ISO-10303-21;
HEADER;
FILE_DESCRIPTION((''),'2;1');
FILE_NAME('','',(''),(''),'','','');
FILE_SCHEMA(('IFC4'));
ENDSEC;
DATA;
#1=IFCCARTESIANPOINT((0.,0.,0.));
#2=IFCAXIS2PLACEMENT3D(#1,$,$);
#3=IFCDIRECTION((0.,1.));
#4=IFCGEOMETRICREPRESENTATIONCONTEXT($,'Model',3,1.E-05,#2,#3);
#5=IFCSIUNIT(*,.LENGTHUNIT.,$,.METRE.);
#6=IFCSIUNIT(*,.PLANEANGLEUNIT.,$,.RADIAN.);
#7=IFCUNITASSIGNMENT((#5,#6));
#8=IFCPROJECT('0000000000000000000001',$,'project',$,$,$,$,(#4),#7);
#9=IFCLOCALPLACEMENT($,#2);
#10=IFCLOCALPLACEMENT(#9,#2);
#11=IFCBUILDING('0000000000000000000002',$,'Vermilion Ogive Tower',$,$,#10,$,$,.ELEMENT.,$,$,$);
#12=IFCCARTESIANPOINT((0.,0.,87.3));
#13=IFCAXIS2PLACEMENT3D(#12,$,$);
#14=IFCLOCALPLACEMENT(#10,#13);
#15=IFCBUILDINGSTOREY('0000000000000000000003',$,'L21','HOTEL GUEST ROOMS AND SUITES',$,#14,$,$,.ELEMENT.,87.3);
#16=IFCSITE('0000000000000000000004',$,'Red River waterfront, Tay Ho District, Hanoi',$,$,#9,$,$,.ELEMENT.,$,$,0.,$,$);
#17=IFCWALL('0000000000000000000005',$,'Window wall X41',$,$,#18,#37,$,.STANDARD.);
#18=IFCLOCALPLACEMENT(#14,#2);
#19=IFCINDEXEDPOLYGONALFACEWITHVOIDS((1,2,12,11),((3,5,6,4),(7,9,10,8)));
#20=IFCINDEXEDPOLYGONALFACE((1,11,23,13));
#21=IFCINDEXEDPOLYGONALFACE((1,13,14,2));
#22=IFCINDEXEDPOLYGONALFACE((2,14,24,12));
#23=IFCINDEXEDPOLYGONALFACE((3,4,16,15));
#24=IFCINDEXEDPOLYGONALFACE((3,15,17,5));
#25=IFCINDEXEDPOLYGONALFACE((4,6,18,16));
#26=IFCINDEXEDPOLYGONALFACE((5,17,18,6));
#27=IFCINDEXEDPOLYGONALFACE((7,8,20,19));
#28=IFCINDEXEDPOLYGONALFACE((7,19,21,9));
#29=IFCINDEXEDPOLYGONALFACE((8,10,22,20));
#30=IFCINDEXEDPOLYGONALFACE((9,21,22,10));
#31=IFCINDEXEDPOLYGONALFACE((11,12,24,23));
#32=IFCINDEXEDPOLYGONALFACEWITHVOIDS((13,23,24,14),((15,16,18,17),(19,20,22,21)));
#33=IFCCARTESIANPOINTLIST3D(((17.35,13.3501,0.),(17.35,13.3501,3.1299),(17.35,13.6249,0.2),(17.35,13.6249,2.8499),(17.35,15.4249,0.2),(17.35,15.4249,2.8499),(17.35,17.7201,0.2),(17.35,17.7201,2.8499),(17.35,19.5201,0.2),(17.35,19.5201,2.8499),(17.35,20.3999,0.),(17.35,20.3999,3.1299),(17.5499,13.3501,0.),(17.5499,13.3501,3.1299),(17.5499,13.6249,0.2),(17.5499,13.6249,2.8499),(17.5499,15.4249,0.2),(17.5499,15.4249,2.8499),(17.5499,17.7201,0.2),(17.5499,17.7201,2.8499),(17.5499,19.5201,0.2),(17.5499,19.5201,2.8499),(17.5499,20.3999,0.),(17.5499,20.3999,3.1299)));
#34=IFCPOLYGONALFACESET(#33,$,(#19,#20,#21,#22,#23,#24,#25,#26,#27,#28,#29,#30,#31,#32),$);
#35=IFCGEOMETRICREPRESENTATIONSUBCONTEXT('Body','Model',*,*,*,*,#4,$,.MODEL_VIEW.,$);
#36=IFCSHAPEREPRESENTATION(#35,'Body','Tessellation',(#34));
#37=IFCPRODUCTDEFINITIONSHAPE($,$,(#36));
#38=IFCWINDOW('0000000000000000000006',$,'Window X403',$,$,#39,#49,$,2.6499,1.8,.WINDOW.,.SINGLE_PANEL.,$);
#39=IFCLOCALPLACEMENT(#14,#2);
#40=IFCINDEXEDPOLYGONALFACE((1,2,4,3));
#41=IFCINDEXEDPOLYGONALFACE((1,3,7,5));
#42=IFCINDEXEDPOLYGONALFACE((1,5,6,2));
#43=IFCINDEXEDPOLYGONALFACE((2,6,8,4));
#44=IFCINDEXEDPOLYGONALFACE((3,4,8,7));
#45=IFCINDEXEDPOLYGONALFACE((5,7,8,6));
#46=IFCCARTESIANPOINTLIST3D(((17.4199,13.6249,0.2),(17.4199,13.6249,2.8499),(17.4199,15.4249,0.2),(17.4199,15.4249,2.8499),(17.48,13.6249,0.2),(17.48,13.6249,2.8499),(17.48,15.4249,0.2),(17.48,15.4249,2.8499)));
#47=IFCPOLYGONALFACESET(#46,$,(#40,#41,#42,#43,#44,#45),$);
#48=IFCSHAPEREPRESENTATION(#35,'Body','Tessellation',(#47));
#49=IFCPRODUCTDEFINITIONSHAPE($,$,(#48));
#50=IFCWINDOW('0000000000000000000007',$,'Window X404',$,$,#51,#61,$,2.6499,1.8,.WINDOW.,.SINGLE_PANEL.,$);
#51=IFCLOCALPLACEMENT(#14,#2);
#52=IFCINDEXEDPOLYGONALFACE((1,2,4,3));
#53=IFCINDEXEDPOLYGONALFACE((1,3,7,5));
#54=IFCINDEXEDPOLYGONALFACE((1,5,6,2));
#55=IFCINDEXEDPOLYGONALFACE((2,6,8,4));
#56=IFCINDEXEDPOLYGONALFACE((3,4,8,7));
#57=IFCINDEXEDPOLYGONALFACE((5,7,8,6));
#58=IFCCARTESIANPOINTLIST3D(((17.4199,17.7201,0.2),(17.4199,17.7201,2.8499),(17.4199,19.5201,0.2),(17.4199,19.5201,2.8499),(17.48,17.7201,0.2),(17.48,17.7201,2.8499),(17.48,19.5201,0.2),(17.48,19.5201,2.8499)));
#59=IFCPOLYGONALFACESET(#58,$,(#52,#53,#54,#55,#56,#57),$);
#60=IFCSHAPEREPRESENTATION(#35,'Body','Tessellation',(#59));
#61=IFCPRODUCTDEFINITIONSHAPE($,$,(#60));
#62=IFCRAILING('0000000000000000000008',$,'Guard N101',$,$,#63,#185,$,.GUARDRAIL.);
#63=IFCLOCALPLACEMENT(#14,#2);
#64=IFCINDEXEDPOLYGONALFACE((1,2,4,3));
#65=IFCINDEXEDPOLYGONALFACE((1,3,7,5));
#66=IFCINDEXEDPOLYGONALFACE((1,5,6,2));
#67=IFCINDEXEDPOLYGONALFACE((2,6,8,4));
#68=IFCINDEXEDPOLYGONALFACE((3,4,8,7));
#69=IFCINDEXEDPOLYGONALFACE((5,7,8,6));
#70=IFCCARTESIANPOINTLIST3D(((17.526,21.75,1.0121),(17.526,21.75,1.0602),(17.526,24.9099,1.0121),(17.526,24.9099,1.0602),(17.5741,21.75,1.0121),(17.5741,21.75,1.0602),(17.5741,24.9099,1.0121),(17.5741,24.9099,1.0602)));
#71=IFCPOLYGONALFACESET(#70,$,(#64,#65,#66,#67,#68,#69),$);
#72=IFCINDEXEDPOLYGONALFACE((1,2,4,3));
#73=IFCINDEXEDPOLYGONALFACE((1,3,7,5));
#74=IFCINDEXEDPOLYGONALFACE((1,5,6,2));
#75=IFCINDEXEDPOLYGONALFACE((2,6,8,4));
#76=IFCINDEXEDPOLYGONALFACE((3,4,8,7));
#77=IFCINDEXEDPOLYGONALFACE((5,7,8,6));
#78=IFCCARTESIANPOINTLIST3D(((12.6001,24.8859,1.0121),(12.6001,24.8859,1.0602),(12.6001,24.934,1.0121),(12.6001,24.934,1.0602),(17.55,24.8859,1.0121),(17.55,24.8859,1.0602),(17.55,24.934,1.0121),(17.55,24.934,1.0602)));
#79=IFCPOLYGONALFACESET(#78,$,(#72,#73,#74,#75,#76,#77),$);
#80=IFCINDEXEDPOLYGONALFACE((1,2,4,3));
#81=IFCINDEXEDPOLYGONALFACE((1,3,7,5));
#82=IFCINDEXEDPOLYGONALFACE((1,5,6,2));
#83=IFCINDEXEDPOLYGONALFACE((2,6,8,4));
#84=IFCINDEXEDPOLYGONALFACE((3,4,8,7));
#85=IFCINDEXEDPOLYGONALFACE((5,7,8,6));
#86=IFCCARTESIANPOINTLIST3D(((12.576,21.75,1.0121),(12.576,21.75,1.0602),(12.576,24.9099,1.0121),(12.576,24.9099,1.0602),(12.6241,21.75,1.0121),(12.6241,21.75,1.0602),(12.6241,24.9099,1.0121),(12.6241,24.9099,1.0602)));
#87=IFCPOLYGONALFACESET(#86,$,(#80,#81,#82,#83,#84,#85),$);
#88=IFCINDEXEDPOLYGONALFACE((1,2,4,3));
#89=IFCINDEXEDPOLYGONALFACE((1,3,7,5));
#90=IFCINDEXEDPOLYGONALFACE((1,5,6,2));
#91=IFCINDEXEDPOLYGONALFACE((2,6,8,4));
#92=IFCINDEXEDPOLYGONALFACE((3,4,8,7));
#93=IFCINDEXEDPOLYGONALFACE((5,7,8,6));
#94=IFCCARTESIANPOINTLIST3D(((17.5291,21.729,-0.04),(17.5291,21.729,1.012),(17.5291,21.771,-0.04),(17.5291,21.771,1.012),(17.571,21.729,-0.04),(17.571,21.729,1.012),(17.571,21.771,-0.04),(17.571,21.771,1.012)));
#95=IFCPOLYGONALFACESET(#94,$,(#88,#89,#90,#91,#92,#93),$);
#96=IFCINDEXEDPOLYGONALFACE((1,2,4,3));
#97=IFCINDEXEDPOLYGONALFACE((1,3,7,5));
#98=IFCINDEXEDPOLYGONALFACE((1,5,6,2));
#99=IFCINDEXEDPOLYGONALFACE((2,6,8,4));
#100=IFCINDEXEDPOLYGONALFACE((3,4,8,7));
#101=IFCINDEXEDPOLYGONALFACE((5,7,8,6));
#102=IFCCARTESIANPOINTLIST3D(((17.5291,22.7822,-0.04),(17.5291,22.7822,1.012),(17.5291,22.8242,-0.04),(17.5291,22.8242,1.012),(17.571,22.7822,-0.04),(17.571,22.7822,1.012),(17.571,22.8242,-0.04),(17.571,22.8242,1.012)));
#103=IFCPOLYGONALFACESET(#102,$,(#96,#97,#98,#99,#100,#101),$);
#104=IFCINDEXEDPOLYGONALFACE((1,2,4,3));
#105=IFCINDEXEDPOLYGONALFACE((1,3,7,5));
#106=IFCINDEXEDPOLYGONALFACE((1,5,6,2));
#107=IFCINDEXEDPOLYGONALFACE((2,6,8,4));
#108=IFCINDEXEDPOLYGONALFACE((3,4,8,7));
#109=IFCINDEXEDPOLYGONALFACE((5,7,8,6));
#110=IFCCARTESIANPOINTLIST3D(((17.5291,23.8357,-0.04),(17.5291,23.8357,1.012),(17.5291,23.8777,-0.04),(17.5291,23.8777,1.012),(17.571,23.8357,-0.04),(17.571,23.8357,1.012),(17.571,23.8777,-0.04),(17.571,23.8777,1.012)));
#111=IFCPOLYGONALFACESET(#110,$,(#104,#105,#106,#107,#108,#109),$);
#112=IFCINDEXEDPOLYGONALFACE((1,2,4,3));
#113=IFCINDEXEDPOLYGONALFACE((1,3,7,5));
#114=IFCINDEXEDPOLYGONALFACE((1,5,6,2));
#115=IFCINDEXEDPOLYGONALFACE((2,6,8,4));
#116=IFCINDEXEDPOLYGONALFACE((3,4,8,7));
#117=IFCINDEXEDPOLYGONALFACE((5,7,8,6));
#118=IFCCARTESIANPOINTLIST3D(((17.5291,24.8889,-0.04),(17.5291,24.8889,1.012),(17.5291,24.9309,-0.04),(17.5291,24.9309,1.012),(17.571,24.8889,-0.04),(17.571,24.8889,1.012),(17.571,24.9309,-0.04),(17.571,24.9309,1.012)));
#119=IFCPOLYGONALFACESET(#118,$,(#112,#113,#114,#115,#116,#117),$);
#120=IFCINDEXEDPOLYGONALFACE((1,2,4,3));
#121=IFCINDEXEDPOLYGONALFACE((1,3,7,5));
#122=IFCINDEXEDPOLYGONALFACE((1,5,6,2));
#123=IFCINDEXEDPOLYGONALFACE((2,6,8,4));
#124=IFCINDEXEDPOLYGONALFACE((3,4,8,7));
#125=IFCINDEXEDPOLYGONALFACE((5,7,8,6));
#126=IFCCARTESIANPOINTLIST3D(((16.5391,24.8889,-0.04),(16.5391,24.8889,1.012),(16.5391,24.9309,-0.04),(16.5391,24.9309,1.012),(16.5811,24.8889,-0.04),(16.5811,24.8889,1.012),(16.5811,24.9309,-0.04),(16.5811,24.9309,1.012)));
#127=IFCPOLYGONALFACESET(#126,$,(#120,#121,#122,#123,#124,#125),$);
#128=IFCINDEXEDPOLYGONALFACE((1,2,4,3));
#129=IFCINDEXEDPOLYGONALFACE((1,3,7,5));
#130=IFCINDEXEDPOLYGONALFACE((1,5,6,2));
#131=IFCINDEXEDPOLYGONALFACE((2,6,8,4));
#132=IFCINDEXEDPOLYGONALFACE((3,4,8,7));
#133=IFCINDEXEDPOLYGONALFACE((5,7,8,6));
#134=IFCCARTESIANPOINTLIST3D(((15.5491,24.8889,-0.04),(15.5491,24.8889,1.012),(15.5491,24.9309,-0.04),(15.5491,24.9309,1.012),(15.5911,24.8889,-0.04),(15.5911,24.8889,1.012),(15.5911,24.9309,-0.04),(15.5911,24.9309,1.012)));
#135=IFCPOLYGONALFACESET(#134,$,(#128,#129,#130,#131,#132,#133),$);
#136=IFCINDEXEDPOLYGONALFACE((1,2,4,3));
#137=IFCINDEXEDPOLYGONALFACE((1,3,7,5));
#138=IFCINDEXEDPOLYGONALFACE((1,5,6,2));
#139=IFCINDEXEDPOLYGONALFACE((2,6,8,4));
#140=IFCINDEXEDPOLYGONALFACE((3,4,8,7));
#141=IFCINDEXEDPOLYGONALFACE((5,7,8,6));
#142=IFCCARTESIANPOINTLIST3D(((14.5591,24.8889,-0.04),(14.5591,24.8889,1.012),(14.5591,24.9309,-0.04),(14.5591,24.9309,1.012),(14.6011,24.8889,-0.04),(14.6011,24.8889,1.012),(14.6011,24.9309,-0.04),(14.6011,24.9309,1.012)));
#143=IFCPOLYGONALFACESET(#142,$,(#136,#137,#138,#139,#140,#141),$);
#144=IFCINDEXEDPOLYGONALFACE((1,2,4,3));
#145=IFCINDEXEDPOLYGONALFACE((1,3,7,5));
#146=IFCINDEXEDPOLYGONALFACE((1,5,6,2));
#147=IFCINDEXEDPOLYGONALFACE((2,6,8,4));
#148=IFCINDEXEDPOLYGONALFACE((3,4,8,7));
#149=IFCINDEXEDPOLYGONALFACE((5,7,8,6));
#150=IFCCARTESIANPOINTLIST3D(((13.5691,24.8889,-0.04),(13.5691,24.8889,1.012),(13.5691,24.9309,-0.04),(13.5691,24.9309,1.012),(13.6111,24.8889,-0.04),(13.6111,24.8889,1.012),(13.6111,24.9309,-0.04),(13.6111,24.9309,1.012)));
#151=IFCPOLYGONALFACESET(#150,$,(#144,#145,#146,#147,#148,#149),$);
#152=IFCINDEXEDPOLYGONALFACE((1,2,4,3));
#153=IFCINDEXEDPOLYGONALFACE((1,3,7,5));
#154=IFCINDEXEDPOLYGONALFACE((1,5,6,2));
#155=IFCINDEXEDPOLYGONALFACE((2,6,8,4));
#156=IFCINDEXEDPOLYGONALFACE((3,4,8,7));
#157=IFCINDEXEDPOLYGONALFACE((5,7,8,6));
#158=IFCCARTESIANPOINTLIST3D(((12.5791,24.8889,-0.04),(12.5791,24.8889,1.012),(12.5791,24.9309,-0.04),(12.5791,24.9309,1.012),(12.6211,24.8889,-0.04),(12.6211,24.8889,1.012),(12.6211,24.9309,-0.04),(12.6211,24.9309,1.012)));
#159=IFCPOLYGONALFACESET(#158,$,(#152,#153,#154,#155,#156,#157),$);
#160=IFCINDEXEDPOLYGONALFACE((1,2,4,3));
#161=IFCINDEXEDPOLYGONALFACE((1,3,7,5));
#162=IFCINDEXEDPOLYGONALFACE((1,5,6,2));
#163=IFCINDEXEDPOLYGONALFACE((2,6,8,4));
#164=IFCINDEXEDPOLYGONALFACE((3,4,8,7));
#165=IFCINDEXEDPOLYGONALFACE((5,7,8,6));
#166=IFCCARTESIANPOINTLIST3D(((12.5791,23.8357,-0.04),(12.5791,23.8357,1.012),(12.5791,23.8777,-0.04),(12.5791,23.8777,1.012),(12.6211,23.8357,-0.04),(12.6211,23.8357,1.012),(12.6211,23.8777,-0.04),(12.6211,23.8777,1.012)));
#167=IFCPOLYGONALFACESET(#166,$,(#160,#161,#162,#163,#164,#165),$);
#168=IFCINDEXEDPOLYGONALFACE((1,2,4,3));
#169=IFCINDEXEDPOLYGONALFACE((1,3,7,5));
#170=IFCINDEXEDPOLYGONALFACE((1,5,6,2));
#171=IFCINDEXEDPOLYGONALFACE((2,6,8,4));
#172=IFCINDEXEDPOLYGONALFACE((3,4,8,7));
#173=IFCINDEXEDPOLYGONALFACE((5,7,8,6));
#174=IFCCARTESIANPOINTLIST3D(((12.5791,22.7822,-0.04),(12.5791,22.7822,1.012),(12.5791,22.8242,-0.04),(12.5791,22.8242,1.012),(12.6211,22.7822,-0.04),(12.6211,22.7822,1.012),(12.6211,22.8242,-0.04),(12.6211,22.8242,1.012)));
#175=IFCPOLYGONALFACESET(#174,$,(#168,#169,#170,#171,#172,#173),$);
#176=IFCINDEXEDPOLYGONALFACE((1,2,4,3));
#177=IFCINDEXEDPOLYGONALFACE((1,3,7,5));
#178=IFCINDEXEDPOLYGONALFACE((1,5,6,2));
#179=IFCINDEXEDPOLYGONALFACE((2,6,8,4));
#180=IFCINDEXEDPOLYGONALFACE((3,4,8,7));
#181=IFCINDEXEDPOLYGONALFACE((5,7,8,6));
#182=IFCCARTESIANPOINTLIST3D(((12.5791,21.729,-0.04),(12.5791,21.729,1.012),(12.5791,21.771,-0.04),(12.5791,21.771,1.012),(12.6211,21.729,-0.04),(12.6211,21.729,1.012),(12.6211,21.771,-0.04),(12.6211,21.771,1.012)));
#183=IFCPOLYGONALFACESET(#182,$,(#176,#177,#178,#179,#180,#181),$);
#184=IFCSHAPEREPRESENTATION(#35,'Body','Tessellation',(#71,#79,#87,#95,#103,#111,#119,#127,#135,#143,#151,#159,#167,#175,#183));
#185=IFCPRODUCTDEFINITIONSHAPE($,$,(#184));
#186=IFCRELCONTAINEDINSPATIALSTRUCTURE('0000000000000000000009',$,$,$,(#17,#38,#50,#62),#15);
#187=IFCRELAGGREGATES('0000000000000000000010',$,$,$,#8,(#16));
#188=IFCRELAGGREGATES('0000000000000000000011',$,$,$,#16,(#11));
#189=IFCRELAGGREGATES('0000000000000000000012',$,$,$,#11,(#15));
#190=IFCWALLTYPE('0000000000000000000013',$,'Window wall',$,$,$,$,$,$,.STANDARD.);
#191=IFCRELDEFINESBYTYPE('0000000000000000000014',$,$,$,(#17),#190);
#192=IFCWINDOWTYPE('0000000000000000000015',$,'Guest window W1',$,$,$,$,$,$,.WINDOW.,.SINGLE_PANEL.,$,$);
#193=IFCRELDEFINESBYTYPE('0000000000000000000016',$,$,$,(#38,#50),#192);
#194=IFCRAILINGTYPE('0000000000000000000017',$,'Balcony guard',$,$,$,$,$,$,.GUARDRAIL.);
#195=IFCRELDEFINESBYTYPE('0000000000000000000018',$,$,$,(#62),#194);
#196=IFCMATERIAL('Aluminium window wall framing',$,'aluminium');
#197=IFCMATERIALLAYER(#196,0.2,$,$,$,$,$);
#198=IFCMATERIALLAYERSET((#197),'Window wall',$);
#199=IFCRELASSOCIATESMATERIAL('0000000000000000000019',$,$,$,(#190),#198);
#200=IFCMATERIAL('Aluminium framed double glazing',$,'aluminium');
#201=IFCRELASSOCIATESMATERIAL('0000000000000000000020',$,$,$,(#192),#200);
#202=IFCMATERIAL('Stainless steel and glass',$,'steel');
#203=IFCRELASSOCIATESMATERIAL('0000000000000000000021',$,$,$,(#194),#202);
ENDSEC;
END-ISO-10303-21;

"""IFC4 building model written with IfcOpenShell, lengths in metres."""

from ifc_helpers import new_model, si_unit, direction, frame, frame_2d, origin, origin_2d, place, context, subcontext, project, spatial, rectangle, extrude, material, layer, layer_set, type_object, element, fill, save


model = new_model("IFC4")

# Units and contexts
model_context = context("Model", 3, precision=1e-05, world=origin(), true_north=direction((0.0, 1.0)))
body_context = subcontext(model_context, "Body", "Model", "MODEL_VIEW")
ifc_project = project(units=[si_unit("LENGTHUNIT", "METRE"), si_unit("PLANEANGLEUNIT", "RADIAN")], contexts=[model_context])

# Site, building, storey
site_placement = place(None, origin())
site = spatial("IfcSite", under=ifc_project, at=site_placement, Name="Red River waterfront, Tay Ho District, Hanoi", CompositionType="ELEMENT", RefElevation=0.0)
building_placement = place(site_placement, origin())
building = spatial("IfcBuilding", under=site, at=building_placement, Name="Vermilion Ogive Tower", CompositionType="ELEMENT")
storey_placement = place(building_placement, frame((0.0, 0.0, 87.3)))
storey = spatial("IfcBuildingStorey", under=building, at=storey_placement, Name="L21", Description="HOTEL GUEST ROOMS AND SUITES", CompositionType="ELEMENT", Elevation=87.3)

# Shared definitions
ifc_material_1 = material(Name="Aluminium window wall framing", Category="aluminium")
ifc_layer_1 = layer(ifc_material_1, 0.2)
ifc_layer_set_1 = layer_set([ifc_layer_1], Name="Window wall")
wall_type_1 = type_object("IfcWallType", Name="Window wall", PredefinedType="STANDARD", material=ifc_layer_set_1)

# Wall, openings, windows
wall_1_placement = place(storey_placement, frame((17.45, 13.3501, 0.0), z_axis=(0.0, 0.0, 1.0), x_axis=(0.0, 1.0, 0.0)))
wall_1 = element("IfcWall", 1, at=wall_1_placement, inside=storey, type_object=wall_type_1, Name="Window wall X41", PredefinedType="STANDARD", context=body_context, shape_type="SweptSolid", body=[
    extrude(rectangle(XDim=7.0498, YDim=0.2, at=frame_2d((3.5249, 0.0))), origin(), (0.0, 0.0, 1.0), 3.1299),
])
opening_1_placement = place(wall_1_placement, frame((0.2749, 0.0, 0.2)))
opening_1 = element("IfcOpeningElement", 2, at=opening_1_placement, cuts=wall_1, PredefinedType="OPENING", context=body_context, shape_type="SweptSolid", body=[
    extrude(rectangle(XDim=1.8, YDim=2.6499, at=frame_2d((0.8999, 1.325))), frame((0.0, 0.1099, 0.0), z_axis=(0.0, -1.0, 0.0), x_axis=(1.0, 0.0, 0.0)), (0.0, 0.0, 1.0), 0.22),
])
opening_2_placement = place(wall_1_placement, frame((4.3701, 0.0, 0.2)))
opening_2 = element("IfcOpeningElement", 3, at=opening_2_placement, cuts=wall_1, PredefinedType="OPENING", context=body_context, shape_type="SweptSolid", body=[
    extrude(rectangle(XDim=1.8, YDim=2.6499, at=frame_2d((0.8999, 1.325))), frame((0.0, 0.1099, 0.0), z_axis=(0.0, -1.0, 0.0), x_axis=(1.0, 0.0, 0.0)), (0.0, 0.0, 1.0), 0.22),
])
ifc_material_2 = material(Name="Aluminium framed double glazing", Category="aluminium")
window_type = type_object("IfcWindowType", Name="Guest window W1", PartitioningType="SINGLE_PANEL", PredefinedType="WINDOW", material=ifc_material_2)
window_1_placement = place(opening_1_placement, origin())
window_1 = element("IfcWindow", 4, at=window_1_placement, inside=storey, type_object=window_type, Name="Window X403", OverallHeight=2.6499, OverallWidth=1.8, PartitioningType="SINGLE_PANEL", PredefinedType="WINDOW", context=body_context, shape_type="SweptSolid", body=[
    extrude(rectangle(XDim=1.8, YDim=2.6499, at=frame_2d((0.8999, 1.325))), frame((0.0, 0.03, 0.0), z_axis=(0.0, -1.0, 0.0), x_axis=(1.0, 0.0, 0.0)), (0.0, 0.0, 1.0), 0.0601),
])
fill(opening_1, window_1)
window_2_placement = place(opening_2_placement, origin())
window_2 = element("IfcWindow", 5, at=window_2_placement, inside=storey, type_object=window_type, Name="Window X404", OverallHeight=2.6499, OverallWidth=1.8, PartitioningType="SINGLE_PANEL", PredefinedType="WINDOW", context=body_context, shape_type="SweptSolid", body=[
    extrude(rectangle(XDim=1.8, YDim=2.6499, at=frame_2d((0.8999, 1.325))), frame((0.0, 0.03, 0.0), z_axis=(0.0, -1.0, 0.0), x_axis=(1.0, 0.0, 0.0)), (0.0, 0.0, 1.0), 0.0601),
])
fill(opening_2, window_2)

# Railing
ifc_material_3 = material(Name="Stainless steel and glass", Category="steel")
railing_type = type_object("IfcRailingType", Name="Balcony guard", PredefinedType="GUARDRAIL", material=ifc_material_3)
railing_placement = place(storey_placement, frame((17.55, 21.75, -0.04)))
element("IfcRailing", 6, at=railing_placement, inside=storey, type_object=railing_type, Name="Guard N101", PredefinedType="GUARDRAIL", context=body_context, shape_type="SweptSolid", body=[
    extrude(rectangle(XDim=0.0481, YDim=0.0481, at=origin_2d()), frame((0.0, 0.0, 1.0762), z_axis=(0.0, 1.0, 0.0), x_axis=(-1.0, 0.0, 0.0)), (0.0, 0.0, 1.0), 3.1599),
    extrude(rectangle(XDim=0.0481, YDim=0.0481, at=origin_2d()), frame((0.0, 3.1599, 1.0762), z_axis=(-1.0, 0.0, 0.0), x_axis=(0.0, -1.0, 0.0)), (0.0, 0.0, 1.0), 4.95),
    extrude(rectangle(XDim=0.0481, YDim=0.0481, at=origin_2d()), frame((-4.95, 3.1599, 1.0762), z_axis=(0.0, -1.0, 0.0), x_axis=(1.0, 0.0, 0.0)), (0.0, 0.0, 1.0), 3.1599),
    extrude(rectangle(XDim=0.042, YDim=0.042, at=origin_2d()), origin(), (0.0, 0.0, 1.0), 1.052),
    extrude(rectangle(XDim=0.042, YDim=0.042, at=origin_2d()), frame((0.0, 1.0532, 0.0)), (0.0, 0.0, 1.0), 1.052),
    extrude(rectangle(XDim=0.042, YDim=0.042, at=origin_2d()), frame((0.0, 2.1067, 0.0)), (0.0, 0.0, 1.0), 1.052),
    extrude(rectangle(XDim=0.042, YDim=0.042, at=origin_2d()), frame((0.0, 3.1599, 0.0)), (0.0, 0.0, 1.0), 1.052),
    extrude(rectangle(XDim=0.042, YDim=0.042, at=origin_2d()), frame((-0.99, 3.1599, 0.0)), (0.0, 0.0, 1.0), 1.052),
    extrude(rectangle(XDim=0.042, YDim=0.042, at=origin_2d()), frame((-1.98, 3.1599, 0.0)), (0.0, 0.0, 1.0), 1.052),
    extrude(rectangle(XDim=0.042, YDim=0.042, at=origin_2d()), frame((-2.97, 3.1599, 0.0)), (0.0, 0.0, 1.0), 1.052),
    extrude(rectangle(XDim=0.042, YDim=0.042, at=origin_2d()), frame((-3.96, 3.1599, 0.0)), (0.0, 0.0, 1.0), 1.052),
    extrude(rectangle(XDim=0.042, YDim=0.042, at=origin_2d()), frame((-4.95, 3.1599, 0.0)), (0.0, 0.0, 1.0), 1.052),
    extrude(rectangle(XDim=0.042, YDim=0.042, at=origin_2d()), frame((-4.95, 2.1067, 0.0)), (0.0, 0.0, 1.0), 1.052),
    extrude(rectangle(XDim=0.042, YDim=0.042, at=origin_2d()), frame((-4.95, 1.0532, 0.0)), (0.0, 0.0, 1.0), 1.052),
    extrude(rectangle(XDim=0.042, YDim=0.042, at=origin_2d()), frame((-4.95, 0.0, 0.0)), (0.0, 0.0, 1.0), 1.052),
])

save(model, "model.ifc")
